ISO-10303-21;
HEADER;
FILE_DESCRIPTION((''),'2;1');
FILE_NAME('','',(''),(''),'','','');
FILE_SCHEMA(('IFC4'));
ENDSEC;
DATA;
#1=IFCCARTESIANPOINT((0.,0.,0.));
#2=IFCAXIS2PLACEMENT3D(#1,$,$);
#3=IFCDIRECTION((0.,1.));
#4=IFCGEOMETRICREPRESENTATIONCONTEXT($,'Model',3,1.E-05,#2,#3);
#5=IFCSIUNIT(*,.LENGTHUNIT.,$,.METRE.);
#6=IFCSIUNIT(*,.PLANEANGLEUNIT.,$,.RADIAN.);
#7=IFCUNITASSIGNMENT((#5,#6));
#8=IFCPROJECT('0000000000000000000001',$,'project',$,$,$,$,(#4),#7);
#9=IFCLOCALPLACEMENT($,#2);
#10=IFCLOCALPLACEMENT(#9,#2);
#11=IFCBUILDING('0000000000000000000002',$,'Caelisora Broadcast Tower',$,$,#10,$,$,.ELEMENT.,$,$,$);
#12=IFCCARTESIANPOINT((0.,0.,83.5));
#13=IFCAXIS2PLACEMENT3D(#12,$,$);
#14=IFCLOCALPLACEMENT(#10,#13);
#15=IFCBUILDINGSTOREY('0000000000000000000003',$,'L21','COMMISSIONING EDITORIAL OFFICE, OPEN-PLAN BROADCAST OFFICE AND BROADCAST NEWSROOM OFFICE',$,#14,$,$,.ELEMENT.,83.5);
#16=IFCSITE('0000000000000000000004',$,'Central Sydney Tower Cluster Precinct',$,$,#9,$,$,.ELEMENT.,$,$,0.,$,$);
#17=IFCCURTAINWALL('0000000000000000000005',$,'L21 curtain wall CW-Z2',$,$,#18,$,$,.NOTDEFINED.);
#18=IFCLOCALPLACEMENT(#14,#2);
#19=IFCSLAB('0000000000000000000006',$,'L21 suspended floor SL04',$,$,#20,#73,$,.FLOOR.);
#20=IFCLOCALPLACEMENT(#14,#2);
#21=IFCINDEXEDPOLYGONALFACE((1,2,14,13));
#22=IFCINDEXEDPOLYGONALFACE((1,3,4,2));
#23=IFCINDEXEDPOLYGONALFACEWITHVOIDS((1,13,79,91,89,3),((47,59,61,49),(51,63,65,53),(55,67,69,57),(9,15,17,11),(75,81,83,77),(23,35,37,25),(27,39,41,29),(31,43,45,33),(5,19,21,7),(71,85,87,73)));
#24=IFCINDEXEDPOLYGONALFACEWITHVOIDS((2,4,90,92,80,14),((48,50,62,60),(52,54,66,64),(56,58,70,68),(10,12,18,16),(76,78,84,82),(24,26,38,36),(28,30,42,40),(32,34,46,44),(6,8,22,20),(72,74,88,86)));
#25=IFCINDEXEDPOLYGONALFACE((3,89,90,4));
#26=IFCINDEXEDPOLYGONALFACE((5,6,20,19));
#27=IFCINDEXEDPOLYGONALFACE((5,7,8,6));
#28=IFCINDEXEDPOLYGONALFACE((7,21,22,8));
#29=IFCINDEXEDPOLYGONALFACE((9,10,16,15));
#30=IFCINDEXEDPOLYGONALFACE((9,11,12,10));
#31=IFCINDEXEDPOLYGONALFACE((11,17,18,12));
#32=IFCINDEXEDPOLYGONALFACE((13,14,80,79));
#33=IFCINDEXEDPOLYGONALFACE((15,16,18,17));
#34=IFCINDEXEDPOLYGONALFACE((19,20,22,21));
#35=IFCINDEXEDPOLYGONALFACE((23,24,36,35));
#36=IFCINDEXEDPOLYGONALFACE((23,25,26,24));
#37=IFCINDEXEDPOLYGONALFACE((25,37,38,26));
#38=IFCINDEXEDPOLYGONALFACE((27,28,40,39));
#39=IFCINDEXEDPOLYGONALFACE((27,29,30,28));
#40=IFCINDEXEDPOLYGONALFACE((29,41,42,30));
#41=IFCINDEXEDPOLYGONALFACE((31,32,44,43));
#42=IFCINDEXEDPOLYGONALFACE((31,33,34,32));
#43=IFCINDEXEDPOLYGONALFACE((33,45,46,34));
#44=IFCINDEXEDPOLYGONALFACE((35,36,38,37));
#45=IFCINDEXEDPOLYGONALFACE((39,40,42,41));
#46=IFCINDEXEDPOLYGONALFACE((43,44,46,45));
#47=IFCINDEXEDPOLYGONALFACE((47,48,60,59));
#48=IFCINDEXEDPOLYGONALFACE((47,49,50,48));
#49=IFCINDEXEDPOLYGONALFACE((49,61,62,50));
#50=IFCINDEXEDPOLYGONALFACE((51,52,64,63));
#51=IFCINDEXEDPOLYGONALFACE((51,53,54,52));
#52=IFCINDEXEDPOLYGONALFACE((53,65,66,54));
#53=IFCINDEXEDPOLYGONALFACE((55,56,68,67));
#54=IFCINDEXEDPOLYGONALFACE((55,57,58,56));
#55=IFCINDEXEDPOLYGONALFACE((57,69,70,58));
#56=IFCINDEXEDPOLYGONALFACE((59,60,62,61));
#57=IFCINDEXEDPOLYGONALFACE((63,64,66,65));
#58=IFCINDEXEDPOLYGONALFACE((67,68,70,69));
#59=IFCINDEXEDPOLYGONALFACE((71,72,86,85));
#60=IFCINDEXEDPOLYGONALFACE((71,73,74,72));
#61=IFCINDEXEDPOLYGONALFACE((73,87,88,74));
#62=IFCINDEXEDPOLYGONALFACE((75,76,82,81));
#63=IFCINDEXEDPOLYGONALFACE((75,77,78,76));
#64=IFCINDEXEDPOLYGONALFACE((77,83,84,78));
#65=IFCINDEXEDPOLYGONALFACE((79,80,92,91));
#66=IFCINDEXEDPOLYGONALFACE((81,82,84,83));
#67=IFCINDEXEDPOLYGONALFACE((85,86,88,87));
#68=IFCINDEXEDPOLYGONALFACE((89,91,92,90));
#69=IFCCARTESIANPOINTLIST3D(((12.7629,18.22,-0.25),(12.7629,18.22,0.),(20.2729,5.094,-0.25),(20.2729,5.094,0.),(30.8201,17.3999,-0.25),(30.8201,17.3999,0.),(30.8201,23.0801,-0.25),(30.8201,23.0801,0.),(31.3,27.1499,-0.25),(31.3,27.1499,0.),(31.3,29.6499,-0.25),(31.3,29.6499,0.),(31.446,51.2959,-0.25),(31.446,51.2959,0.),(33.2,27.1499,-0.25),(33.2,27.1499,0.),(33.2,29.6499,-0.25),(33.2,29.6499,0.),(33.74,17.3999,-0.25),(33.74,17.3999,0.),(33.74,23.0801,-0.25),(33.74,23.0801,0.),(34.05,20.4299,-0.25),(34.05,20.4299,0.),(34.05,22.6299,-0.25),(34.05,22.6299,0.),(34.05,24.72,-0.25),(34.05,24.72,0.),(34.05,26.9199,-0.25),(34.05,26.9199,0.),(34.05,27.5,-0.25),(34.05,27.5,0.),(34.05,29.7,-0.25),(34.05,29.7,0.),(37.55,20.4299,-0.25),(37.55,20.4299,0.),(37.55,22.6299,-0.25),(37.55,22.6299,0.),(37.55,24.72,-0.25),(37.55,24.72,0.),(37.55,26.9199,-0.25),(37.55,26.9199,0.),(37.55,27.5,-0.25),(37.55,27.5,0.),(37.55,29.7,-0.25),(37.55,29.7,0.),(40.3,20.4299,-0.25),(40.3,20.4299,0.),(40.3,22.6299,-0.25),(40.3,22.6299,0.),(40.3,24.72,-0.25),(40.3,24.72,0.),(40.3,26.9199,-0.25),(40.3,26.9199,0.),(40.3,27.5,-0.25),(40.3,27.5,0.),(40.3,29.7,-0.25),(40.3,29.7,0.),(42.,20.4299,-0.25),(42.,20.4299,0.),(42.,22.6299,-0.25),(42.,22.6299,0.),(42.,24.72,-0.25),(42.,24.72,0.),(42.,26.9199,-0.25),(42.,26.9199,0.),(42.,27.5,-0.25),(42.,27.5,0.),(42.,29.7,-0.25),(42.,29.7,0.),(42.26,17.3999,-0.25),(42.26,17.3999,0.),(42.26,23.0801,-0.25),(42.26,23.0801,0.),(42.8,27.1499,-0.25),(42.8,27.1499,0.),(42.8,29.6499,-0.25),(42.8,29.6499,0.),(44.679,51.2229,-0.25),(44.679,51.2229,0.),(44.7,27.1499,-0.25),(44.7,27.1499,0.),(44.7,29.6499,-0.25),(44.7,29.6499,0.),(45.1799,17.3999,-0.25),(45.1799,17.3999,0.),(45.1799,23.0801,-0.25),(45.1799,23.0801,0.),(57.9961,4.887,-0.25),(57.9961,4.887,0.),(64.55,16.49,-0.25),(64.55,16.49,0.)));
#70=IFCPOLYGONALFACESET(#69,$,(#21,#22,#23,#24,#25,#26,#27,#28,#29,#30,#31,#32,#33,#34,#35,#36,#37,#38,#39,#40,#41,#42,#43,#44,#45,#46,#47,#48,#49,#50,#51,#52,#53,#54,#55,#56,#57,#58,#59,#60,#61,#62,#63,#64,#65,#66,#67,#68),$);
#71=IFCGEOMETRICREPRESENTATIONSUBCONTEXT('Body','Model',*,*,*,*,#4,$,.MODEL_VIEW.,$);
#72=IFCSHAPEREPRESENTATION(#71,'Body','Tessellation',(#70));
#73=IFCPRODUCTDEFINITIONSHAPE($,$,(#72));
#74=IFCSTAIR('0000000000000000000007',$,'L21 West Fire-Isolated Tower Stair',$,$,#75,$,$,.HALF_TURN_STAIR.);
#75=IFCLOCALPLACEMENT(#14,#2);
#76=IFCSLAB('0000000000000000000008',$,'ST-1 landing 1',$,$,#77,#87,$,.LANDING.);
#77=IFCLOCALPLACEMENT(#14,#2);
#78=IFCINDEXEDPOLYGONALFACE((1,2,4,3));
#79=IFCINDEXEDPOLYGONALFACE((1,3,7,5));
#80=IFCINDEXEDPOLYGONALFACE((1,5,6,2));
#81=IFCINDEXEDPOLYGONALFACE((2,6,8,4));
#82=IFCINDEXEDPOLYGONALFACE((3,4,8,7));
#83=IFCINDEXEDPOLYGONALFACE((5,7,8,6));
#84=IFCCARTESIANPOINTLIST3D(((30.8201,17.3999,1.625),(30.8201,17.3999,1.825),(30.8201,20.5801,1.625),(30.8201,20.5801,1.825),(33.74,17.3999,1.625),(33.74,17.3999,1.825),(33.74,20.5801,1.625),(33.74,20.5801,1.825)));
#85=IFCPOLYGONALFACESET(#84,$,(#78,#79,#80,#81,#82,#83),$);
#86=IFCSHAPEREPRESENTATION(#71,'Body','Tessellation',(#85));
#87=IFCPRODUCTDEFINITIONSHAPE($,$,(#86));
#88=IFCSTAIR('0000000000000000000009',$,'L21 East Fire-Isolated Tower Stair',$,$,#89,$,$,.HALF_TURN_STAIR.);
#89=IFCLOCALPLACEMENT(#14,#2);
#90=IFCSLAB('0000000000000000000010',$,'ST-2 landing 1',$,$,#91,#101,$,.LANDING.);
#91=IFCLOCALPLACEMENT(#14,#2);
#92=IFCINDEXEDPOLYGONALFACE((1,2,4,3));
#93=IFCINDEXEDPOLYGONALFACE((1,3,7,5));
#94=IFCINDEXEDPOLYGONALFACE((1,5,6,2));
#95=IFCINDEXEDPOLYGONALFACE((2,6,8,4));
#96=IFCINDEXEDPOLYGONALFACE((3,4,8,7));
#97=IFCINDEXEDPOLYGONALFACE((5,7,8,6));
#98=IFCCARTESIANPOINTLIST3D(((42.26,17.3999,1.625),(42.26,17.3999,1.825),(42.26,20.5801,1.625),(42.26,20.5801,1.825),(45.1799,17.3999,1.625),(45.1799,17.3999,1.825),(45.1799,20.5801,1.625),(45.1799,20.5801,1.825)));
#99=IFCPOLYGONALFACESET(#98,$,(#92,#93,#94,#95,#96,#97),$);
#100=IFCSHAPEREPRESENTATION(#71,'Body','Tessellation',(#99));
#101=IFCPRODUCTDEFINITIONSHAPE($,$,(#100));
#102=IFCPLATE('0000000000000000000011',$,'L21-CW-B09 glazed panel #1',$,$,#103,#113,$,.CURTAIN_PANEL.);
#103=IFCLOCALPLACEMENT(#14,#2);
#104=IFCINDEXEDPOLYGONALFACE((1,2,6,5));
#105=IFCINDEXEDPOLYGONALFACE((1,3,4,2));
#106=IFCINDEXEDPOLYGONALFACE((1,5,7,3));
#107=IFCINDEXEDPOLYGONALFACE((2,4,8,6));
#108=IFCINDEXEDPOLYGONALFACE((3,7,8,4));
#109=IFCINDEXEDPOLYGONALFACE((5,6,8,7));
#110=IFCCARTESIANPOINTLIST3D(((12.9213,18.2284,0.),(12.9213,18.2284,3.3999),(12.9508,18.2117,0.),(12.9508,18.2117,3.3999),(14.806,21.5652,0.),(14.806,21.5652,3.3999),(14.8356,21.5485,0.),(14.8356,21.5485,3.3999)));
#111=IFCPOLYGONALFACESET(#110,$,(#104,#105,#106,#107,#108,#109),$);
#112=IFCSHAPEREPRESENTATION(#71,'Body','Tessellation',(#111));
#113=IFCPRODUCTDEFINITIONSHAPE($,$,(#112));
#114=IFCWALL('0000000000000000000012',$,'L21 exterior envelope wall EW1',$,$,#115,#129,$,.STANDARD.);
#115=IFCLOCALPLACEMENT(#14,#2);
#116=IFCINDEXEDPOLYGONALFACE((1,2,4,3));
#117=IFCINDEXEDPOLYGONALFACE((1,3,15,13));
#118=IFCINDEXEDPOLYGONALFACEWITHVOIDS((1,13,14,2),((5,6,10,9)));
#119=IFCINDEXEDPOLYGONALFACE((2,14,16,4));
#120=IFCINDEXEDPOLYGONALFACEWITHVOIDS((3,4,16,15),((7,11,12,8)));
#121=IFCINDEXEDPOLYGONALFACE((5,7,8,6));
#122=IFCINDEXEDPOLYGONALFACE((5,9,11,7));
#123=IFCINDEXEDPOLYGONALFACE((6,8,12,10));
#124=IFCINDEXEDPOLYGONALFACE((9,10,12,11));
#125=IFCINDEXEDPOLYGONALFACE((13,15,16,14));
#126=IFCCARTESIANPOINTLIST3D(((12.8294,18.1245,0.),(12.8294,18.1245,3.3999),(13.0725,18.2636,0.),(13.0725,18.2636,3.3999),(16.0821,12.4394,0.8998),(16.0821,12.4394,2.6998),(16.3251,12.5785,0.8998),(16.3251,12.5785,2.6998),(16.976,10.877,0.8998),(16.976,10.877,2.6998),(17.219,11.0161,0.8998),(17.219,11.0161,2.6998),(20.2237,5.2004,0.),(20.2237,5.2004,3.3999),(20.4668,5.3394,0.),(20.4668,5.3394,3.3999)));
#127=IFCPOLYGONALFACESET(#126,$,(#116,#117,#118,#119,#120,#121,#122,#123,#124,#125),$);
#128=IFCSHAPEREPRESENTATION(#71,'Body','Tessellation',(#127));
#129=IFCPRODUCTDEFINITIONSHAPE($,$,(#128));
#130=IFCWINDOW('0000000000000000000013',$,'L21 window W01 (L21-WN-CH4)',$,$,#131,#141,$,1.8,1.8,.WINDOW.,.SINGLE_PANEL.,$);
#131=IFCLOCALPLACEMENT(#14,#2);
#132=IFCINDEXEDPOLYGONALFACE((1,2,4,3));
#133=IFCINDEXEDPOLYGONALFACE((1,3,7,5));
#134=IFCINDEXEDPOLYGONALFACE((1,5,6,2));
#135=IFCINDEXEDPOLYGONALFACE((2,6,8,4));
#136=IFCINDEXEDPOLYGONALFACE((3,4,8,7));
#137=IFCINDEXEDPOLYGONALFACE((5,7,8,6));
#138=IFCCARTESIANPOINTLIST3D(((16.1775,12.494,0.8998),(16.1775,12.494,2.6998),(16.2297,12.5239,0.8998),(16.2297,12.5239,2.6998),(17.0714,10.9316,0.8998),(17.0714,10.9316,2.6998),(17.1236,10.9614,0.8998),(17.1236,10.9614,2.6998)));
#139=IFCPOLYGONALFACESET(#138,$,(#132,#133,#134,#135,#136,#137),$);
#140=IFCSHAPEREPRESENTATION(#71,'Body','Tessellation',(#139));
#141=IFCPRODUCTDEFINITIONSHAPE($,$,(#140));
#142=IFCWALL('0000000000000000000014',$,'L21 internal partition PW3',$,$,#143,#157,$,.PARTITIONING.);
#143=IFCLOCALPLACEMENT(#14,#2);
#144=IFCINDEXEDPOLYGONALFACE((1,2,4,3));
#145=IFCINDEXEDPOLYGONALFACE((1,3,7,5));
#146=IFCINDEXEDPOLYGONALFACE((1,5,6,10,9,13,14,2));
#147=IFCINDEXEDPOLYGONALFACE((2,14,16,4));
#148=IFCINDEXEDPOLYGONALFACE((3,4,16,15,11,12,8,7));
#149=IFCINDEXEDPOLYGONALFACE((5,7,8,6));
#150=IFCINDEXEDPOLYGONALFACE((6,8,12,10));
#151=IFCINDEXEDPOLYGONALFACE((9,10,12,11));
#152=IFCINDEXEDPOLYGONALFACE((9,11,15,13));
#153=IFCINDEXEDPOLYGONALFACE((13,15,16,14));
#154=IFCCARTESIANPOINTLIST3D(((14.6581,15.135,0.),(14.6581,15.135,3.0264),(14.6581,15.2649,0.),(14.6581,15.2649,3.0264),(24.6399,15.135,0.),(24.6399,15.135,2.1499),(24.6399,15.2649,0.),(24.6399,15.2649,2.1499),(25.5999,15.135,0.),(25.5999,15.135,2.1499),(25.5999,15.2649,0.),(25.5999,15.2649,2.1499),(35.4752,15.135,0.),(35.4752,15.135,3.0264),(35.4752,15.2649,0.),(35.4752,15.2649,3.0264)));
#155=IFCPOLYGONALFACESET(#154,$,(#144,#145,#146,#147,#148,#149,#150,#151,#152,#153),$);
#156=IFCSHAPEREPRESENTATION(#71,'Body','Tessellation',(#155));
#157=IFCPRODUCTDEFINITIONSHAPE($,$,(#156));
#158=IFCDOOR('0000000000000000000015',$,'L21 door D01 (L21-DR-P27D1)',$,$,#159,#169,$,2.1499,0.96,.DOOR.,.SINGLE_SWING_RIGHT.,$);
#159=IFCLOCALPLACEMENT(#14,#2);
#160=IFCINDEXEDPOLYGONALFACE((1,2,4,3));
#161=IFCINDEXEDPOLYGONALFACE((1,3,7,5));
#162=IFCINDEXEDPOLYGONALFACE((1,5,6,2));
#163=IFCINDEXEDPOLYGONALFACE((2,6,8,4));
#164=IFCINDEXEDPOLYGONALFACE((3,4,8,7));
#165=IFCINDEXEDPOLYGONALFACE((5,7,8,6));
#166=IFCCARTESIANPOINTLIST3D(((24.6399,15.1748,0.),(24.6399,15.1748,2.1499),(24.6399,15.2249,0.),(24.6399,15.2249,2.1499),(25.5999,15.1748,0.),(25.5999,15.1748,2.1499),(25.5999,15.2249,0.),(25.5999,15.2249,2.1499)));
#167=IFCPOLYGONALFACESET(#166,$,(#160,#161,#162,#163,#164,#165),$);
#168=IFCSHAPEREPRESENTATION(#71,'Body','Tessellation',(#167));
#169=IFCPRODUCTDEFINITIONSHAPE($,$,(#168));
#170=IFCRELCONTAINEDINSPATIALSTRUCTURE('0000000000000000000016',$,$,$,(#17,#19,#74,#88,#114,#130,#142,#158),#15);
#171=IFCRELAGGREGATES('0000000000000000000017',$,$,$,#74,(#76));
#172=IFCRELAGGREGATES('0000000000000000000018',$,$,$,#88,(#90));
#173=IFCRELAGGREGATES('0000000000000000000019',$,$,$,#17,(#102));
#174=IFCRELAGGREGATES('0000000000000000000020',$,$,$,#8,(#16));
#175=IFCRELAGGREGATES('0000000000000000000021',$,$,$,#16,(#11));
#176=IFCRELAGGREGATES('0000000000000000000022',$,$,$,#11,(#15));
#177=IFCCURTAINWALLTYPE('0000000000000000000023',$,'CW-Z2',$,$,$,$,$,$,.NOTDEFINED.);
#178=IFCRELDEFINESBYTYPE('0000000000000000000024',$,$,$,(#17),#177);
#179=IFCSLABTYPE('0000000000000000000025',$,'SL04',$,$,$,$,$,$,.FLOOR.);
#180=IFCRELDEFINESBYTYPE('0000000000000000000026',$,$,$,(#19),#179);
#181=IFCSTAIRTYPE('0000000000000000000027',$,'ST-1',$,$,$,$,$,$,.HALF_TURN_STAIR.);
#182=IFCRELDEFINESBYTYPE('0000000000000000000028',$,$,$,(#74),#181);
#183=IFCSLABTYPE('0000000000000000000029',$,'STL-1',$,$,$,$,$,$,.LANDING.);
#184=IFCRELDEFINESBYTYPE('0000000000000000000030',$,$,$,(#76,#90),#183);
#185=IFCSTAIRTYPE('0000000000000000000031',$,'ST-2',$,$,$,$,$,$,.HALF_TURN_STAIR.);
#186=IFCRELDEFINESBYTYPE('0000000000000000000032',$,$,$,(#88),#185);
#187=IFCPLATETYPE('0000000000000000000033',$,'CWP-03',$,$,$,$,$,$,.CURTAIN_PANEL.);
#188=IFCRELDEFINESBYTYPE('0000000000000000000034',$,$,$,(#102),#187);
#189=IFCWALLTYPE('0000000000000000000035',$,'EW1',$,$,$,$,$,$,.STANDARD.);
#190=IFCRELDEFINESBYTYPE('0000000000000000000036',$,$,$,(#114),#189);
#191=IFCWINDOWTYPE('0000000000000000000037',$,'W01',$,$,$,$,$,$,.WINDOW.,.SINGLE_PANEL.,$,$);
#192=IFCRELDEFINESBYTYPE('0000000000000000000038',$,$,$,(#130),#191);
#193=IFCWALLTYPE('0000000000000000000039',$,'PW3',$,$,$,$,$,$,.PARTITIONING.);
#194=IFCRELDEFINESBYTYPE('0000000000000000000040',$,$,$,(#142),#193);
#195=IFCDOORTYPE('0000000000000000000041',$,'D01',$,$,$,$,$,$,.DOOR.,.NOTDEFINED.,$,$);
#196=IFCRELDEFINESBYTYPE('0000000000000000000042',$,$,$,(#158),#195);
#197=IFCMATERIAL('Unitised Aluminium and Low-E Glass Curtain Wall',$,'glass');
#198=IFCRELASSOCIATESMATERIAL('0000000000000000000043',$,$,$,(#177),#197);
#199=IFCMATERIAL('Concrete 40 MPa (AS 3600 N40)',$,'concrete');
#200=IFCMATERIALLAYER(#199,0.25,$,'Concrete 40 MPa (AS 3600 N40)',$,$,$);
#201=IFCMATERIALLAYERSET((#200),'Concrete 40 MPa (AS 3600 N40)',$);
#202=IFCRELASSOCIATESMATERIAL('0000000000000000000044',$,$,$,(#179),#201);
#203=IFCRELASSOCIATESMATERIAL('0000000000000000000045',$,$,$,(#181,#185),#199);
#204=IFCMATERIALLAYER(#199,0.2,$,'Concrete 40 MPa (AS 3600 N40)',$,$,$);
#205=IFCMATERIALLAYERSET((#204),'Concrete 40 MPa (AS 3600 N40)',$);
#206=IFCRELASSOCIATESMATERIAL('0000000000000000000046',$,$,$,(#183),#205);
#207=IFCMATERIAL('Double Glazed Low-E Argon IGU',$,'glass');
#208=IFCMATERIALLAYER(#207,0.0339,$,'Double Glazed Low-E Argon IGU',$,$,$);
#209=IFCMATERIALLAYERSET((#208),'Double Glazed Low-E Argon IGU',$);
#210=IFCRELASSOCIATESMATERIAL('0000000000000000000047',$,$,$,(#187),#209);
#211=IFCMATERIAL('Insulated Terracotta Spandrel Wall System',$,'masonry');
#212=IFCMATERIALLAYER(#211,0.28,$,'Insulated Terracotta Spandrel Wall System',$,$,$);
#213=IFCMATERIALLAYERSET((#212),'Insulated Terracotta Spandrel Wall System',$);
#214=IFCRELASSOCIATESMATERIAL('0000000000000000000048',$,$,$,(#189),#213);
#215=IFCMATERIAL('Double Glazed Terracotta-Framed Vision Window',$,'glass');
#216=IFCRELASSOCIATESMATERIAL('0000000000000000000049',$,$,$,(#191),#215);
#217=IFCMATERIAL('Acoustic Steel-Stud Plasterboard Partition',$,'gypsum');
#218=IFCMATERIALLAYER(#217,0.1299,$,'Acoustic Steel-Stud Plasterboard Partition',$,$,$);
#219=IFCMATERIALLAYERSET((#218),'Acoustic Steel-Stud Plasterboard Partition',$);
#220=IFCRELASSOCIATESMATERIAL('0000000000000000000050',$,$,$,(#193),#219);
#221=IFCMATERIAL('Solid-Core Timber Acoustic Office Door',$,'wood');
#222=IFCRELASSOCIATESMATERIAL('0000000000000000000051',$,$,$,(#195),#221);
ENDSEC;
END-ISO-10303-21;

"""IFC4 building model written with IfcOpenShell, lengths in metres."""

from ifc_helpers import new_model, si_unit, direction, frame, frame_2d, origin, origin_2d, place, context, subcontext, project, spatial, polyline, rectangle, outline, extrude, source, transform, mapped, material, layer, layer_set, type_object, type_shapes, element, fill, aggregate, save


model = new_model("IFC4")

# Units and contexts
model_context = context("Model", 3, precision=1e-05, world=origin(), true_north=direction((0.0, 1.0)))
body_context = subcontext(model_context, "Body", "Model", "MODEL_VIEW")
ifc_project = project(units=[si_unit("LENGTHUNIT", "METRE"), si_unit("PLANEANGLEUNIT", "RADIAN")], contexts=[model_context])

# Site, building, storey
site_placement = place(None, origin())
site = spatial("IfcSite", under=ifc_project, at=site_placement, Name="Central Sydney Tower Cluster Precinct", CompositionType="ELEMENT", RefElevation=0.0)
building_placement = place(site_placement, origin())
building = spatial("IfcBuilding", under=site, at=building_placement, Name="Caelisora Broadcast Tower", CompositionType="ELEMENT")
storey_placement = place(building_placement, frame((0.0, 0.0, 83.5)))
storey = spatial("IfcBuildingStorey", under=building, at=storey_placement, Name="L21", Description="COMMISSIONING EDITORIAL OFFICE, OPEN-PLAN BROADCAST OFFICE AND BROADCAST NEWSROOM OFFICE", CompositionType="ELEMENT", Elevation=83.5)

# Shared definitions
ifc_material_1 = material(Name="Unitised Aluminium and Low-E Glass Curtain Wall", Category="glass")
curtain_wall_type = type_object("IfcCurtainWallType", Name="CW-Z2", PredefinedType="NOTDEFINED", material=ifc_material_1)

# Curtain wall
curtain_wall_1_placement = place(storey_placement, origin())
curtain_wall_1 = element("IfcCurtainWall", 1, at=curtain_wall_1_placement, inside=storey, type_object=curtain_wall_type, Name="L21 curtain wall CW-Z2", PredefinedType="NOTDEFINED")

# Slab
ifc_material_2 = material(Name="Concrete 40 MPa (AS 3600 N40)", Category="concrete")
ifc_layer_1 = layer(ifc_material_2, 0.25, Name="Concrete 40 MPa (AS 3600 N40)")
ifc_layer_set_1 = layer_set([ifc_layer_1], Name="Concrete 40 MPa (AS 3600 N40)")
slab_type_1 = type_object("IfcSlabType", Name="SL04", PredefinedType="FLOOR", material=ifc_layer_set_1)
slab_1_placement = place(storey_placement, frame((0.0, 0.0, -0.25)))
element("IfcSlab", 2, at=slab_1_placement, inside=storey, type_object=slab_type_1, Name="L21 suspended floor SL04", PredefinedType="FLOOR", context=body_context, shape_type="SweptSolid", body=[
    extrude(outline(polyline([(44.679, 51.2229), (31.446, 51.2959), (12.7629, 18.22), (20.2729, 5.094), (57.9961, 4.887), (64.55, 16.49), (44.679, 51.2229)]), holes=[polyline([(30.8201, 17.3999), (33.74, 17.3999), (33.74, 23.0801), (30.8201, 23.0801), (30.8201, 17.3999)]), polyline([(42.26, 17.3999), (45.1799, 17.3999), (45.1799, 23.0801), (42.26, 23.0801), (42.26, 17.3999)]), polyline([(42.8, 27.1499), (44.7, 27.1499), (44.7, 29.6499), (42.8, 29.6499), (42.8, 27.1499)]), polyline([(40.3, 20.4299), (42.0, 20.4299), (42.0, 22.6299), (40.3, 22.6299), (40.3, 20.4299)]), polyline([(40.3, 24.72), (42.0, 24.72), (42.0, 26.9199), (40.3, 26.9199), (40.3, 24.72)]), polyline([(40.3, 27.5), (42.0, 27.5), (42.0, 29.7), (40.3, 29.7), (40.3, 27.5)]), polyline([(34.05, 20.4299), (37.55, 20.4299), (37.55, 22.6299), (34.05, 22.6299), (34.05, 20.4299)]), polyline([(34.05, 24.72), (37.55, 24.72), (37.55, 26.9199), (34.05, 26.9199), (34.05, 24.72)]), polyline([(34.05, 27.5), (37.55, 27.5), (37.55, 29.7), (34.05, 29.7), (34.05, 27.5)]), polyline([(31.3, 27.1499), (33.2, 27.1499), (33.2, 29.6499), (31.3, 29.6499), (31.3, 27.1499)])]), origin(), (0.0, 0.0, 1.0), 0.25),
])

# Stairs, slabs
stair_type_1 = type_object("IfcStairType", Name="ST-1", PredefinedType="HALF_TURN_STAIR", material=ifc_material_2)
stair_1_placement = place(storey_placement, origin())
stair_1 = element("IfcStair", 3, at=stair_1_placement, inside=storey, type_object=stair_type_1, Name="L21 West Fire-Isolated Tower Stair", PredefinedType="HALF_TURN_STAIR")
ifc_layer_2 = layer(ifc_material_2, 0.2, Name="Concrete 40 MPa (AS 3600 N40)")
ifc_layer_set_2 = layer_set([ifc_layer_2], Name="Concrete 40 MPa (AS 3600 N40)")
slab_type_2 = type_object("IfcSlabType", Name="STL-1", PredefinedType="LANDING", material=ifc_layer_set_2)
slab_2_placement = place(storey_placement, frame((0.0, 0.0, 1.625)))
slab_2 = element("IfcSlab", 4, at=slab_2_placement, type_object=slab_type_2, Name="ST-1 landing 1", PredefinedType="LANDING", context=body_context, shape_type="SweptSolid", body=[
    extrude(outline(polyline([(30.8201, 20.5801), (30.8201, 17.3999), (33.74, 17.3999), (33.74, 20.5801), (30.8201, 20.5801)])), origin(), (0.0, 0.0, 1.0), 0.2),
])
aggregate(stair_1, [slab_2])
stair_type_2 = type_object("IfcStairType", Name="ST-2", PredefinedType="HALF_TURN_STAIR", material=ifc_material_2)
stair_2_placement = place(storey_placement, origin())
stair_2 = element("IfcStair", 5, at=stair_2_placement, inside=storey, type_object=stair_type_2, Name="L21 East Fire-Isolated Tower Stair", PredefinedType="HALF_TURN_STAIR")
slab_3_placement = place(storey_placement, frame((0.0, 0.0, 1.625)))
slab_3 = element("IfcSlab", 6, at=slab_3_placement, type_object=slab_type_2, Name="ST-2 landing 1", PredefinedType="LANDING", context=body_context, shape_type="SweptSolid", body=[
    extrude(outline(polyline([(42.26, 20.5801), (42.26, 17.3999), (45.1799, 17.3999), (45.1799, 20.5801), (42.26, 20.5801)])), origin(), (0.0, 0.0, 1.0), 0.2),
])
aggregate(stair_2, [slab_3])

# Plate
ifc_material_3 = material(Name="Double Glazed Low-E Argon IGU", Category="glass")
ifc_layer_3 = layer(ifc_material_3, 0.0339, Name="Double Glazed Low-E Argon IGU")
ifc_layer_set_3 = layer_set([ifc_layer_3], Name="Double Glazed Low-E Argon IGU")
plate_type = type_object("IfcPlateType", Name="CWP-03", PredefinedType="CURTAIN_PANEL", material=ifc_layer_set_3)
shared_shape_1 = source(origin(), body_context, "Body", "SweptSolid", [
    extrude(rectangle(XDim=3.8323, YDim=0.0339, at=origin_2d()), origin(), (0.0, 0.0, 1.0), 3.3999),
])
type_shapes(plate_type, [shared_shape_1])
plate_placement = place(storey_placement, frame((13.8784, 19.8884, 0.0), z_axis=(0.0, 0.0, 1.0), x_axis=(0.491816, 0.870699, 0.0)))
plate = element("IfcPlate", 7, at=plate_placement, type_object=plate_type, Name="L21-CW-B09 glazed panel #1", PredefinedType="CURTAIN_PANEL", context=body_context, shape_type="MappedRepresentation", body=[
    mapped(shared_shape_1, transform((0.0, 0.0, 0.0), scale=1.0)),
])
aggregate(curtain_wall_1, [plate])

# Wall, opening, window
ifc_material_4 = material(Name="Insulated Terracotta Spandrel Wall System", Category="masonry")
ifc_layer_4 = layer(ifc_material_4, 0.28, Name="Insulated Terracotta Spandrel Wall System")
ifc_layer_set_4 = layer_set([ifc_layer_4], Name="Insulated Terracotta Spandrel Wall System")
wall_type_1 = type_object("IfcWallType", Name="EW1", PredefinedType="STANDARD", material=ifc_layer_set_4)
wall_1_placement = place(storey_placement, frame((20.3452, 5.27, 0.0), z_axis=(0.0, 0.0, 1.0), x_axis=(-0.4966, 0.86798, 0.0)))
wall_1 = element("IfcWall", 8, at=wall_1_placement, inside=storey, type_object=wall_type_1, Name="L21 exterior envelope wall EW1", PredefinedType="STANDARD", context=body_context, shape_type="SweptSolid", body=[
    extrude(rectangle(XDim=14.8899, YDim=0.28, at=frame_2d((7.4448, 0.0))), origin(), (0.0, 0.0, 1.0), 3.3999),
])
opening_1_placement = place(wall_1_placement, frame((6.54, 0.0, 0.8999)))
opening_1 = element("IfcOpeningElement", 9, at=opening_1_placement, cuts=wall_1, PredefinedType="OPENING", context=body_context, shape_type="SweptSolid", body=[
    extrude(rectangle(XDim=1.8, YDim=1.8, at=frame_2d((0.8999, 0.8999))), frame((0.0, 0.1521, 0.0), z_axis=(0.0, -1.0, 0.0), x_axis=(1.0, 0.0, 0.0)), (0.0, 0.0, 1.0), 0.304),
])
ifc_material_5 = material(Name="Double Glazed Terracotta-Framed Vision Window", Category="glass")
window_type = type_object("IfcWindowType", Name="W01", PartitioningType="SINGLE_PANEL", PredefinedType="WINDOW", material=ifc_material_5)
window_placement = place(opening_1_placement, origin())
window = element("IfcWindow", 10, at=window_placement, inside=storey, type_object=window_type, Name="L21 window W01 (L21-WN-CH4)", OverallHeight=1.8, OverallWidth=1.8, PartitioningType="SINGLE_PANEL", PredefinedType="WINDOW", context=body_context, shape_type="SweptSolid", body=[
    extrude(rectangle(XDim=1.8, YDim=1.8, at=frame_2d((0.8999, 0.8999))), frame((0.0, 0.03, 0.0), z_axis=(0.0, -1.0, 0.0), x_axis=(1.0, 0.0, 0.0)), (0.0, 0.0, 1.0), 0.0601),
])
fill(opening_1, window)

# Wall, opening, door
ifc_material_6 = material(Name="Acoustic Steel-Stud Plasterboard Partition", Category="gypsum")
ifc_layer_5 = layer(ifc_material_6, 0.1299, Name="Acoustic Steel-Stud Plasterboard Partition")
ifc_layer_set_5 = layer_set([ifc_layer_5], Name="Acoustic Steel-Stud Plasterboard Partition")
wall_type_2 = type_object("IfcWallType", Name="PW3", PredefinedType="PARTITIONING", material=ifc_layer_set_5)
wall_2_placement = place(storey_placement, frame((14.658, 15.2, 0.0), z_axis=(0.0, 0.0, 1.0), x_axis=(1.0, 0.0, 0.0)))
wall_2 = element("IfcWall", 11, at=wall_2_placement, inside=storey, type_object=wall_type_2, Name="L21 internal partition PW3", PredefinedType="PARTITIONING", context=body_context, shape_type="SweptSolid", body=[
    extrude(rectangle(XDim=20.8171, YDim=0.1299, at=frame_2d((10.4087, 0.0))), origin(), (0.0, 0.0, 1.0), 3.0264),
])
opening_2_placement = place(wall_2_placement, frame((9.9819, 0.0, 0.0)))
opening_2 = element("IfcOpeningElement", 12, at=opening_2_placement, cuts=wall_2, PredefinedType="OPENING", context=body_context, shape_type="SweptSolid", body=[
    extrude(rectangle(XDim=0.96, YDim=2.1499, at=frame_2d((0.48, 1.075))), frame((0.0, 0.0769, 0.0), z_axis=(0.0, -1.0, 0.0), x_axis=(1.0, 0.0, 0.0)), (0.0, 0.0, 1.0), 0.1538),
])
ifc_material_7 = material(Name="Solid-Core Timber Acoustic Office Door", Category="wood")
door_type = type_object("IfcDoorType", Name="D01", OperationType="NOTDEFINED", PredefinedType="DOOR", material=ifc_material_7)
door_placement = place(opening_2_placement, origin())
door = element("IfcDoor", 13, at=door_placement, inside=storey, type_object=door_type, Name="L21 door D01 (L21-DR-P27D1)", OperationType="SINGLE_SWING_RIGHT", OverallHeight=2.1499, OverallWidth=0.96, PredefinedType="DOOR", context=body_context, shape_type="SweptSolid", body=[
    extrude(rectangle(XDim=0.96, YDim=2.1499, at=frame_2d((0.48, 1.075))), frame((0.0, 0.0249, 0.0), z_axis=(0.0, -1.0, 0.0), x_axis=(1.0, 0.0, 0.0)), (0.0, 0.0, 1.0), 0.05),
])
fill(opening_2, door)

save(model, "model.ifc")
